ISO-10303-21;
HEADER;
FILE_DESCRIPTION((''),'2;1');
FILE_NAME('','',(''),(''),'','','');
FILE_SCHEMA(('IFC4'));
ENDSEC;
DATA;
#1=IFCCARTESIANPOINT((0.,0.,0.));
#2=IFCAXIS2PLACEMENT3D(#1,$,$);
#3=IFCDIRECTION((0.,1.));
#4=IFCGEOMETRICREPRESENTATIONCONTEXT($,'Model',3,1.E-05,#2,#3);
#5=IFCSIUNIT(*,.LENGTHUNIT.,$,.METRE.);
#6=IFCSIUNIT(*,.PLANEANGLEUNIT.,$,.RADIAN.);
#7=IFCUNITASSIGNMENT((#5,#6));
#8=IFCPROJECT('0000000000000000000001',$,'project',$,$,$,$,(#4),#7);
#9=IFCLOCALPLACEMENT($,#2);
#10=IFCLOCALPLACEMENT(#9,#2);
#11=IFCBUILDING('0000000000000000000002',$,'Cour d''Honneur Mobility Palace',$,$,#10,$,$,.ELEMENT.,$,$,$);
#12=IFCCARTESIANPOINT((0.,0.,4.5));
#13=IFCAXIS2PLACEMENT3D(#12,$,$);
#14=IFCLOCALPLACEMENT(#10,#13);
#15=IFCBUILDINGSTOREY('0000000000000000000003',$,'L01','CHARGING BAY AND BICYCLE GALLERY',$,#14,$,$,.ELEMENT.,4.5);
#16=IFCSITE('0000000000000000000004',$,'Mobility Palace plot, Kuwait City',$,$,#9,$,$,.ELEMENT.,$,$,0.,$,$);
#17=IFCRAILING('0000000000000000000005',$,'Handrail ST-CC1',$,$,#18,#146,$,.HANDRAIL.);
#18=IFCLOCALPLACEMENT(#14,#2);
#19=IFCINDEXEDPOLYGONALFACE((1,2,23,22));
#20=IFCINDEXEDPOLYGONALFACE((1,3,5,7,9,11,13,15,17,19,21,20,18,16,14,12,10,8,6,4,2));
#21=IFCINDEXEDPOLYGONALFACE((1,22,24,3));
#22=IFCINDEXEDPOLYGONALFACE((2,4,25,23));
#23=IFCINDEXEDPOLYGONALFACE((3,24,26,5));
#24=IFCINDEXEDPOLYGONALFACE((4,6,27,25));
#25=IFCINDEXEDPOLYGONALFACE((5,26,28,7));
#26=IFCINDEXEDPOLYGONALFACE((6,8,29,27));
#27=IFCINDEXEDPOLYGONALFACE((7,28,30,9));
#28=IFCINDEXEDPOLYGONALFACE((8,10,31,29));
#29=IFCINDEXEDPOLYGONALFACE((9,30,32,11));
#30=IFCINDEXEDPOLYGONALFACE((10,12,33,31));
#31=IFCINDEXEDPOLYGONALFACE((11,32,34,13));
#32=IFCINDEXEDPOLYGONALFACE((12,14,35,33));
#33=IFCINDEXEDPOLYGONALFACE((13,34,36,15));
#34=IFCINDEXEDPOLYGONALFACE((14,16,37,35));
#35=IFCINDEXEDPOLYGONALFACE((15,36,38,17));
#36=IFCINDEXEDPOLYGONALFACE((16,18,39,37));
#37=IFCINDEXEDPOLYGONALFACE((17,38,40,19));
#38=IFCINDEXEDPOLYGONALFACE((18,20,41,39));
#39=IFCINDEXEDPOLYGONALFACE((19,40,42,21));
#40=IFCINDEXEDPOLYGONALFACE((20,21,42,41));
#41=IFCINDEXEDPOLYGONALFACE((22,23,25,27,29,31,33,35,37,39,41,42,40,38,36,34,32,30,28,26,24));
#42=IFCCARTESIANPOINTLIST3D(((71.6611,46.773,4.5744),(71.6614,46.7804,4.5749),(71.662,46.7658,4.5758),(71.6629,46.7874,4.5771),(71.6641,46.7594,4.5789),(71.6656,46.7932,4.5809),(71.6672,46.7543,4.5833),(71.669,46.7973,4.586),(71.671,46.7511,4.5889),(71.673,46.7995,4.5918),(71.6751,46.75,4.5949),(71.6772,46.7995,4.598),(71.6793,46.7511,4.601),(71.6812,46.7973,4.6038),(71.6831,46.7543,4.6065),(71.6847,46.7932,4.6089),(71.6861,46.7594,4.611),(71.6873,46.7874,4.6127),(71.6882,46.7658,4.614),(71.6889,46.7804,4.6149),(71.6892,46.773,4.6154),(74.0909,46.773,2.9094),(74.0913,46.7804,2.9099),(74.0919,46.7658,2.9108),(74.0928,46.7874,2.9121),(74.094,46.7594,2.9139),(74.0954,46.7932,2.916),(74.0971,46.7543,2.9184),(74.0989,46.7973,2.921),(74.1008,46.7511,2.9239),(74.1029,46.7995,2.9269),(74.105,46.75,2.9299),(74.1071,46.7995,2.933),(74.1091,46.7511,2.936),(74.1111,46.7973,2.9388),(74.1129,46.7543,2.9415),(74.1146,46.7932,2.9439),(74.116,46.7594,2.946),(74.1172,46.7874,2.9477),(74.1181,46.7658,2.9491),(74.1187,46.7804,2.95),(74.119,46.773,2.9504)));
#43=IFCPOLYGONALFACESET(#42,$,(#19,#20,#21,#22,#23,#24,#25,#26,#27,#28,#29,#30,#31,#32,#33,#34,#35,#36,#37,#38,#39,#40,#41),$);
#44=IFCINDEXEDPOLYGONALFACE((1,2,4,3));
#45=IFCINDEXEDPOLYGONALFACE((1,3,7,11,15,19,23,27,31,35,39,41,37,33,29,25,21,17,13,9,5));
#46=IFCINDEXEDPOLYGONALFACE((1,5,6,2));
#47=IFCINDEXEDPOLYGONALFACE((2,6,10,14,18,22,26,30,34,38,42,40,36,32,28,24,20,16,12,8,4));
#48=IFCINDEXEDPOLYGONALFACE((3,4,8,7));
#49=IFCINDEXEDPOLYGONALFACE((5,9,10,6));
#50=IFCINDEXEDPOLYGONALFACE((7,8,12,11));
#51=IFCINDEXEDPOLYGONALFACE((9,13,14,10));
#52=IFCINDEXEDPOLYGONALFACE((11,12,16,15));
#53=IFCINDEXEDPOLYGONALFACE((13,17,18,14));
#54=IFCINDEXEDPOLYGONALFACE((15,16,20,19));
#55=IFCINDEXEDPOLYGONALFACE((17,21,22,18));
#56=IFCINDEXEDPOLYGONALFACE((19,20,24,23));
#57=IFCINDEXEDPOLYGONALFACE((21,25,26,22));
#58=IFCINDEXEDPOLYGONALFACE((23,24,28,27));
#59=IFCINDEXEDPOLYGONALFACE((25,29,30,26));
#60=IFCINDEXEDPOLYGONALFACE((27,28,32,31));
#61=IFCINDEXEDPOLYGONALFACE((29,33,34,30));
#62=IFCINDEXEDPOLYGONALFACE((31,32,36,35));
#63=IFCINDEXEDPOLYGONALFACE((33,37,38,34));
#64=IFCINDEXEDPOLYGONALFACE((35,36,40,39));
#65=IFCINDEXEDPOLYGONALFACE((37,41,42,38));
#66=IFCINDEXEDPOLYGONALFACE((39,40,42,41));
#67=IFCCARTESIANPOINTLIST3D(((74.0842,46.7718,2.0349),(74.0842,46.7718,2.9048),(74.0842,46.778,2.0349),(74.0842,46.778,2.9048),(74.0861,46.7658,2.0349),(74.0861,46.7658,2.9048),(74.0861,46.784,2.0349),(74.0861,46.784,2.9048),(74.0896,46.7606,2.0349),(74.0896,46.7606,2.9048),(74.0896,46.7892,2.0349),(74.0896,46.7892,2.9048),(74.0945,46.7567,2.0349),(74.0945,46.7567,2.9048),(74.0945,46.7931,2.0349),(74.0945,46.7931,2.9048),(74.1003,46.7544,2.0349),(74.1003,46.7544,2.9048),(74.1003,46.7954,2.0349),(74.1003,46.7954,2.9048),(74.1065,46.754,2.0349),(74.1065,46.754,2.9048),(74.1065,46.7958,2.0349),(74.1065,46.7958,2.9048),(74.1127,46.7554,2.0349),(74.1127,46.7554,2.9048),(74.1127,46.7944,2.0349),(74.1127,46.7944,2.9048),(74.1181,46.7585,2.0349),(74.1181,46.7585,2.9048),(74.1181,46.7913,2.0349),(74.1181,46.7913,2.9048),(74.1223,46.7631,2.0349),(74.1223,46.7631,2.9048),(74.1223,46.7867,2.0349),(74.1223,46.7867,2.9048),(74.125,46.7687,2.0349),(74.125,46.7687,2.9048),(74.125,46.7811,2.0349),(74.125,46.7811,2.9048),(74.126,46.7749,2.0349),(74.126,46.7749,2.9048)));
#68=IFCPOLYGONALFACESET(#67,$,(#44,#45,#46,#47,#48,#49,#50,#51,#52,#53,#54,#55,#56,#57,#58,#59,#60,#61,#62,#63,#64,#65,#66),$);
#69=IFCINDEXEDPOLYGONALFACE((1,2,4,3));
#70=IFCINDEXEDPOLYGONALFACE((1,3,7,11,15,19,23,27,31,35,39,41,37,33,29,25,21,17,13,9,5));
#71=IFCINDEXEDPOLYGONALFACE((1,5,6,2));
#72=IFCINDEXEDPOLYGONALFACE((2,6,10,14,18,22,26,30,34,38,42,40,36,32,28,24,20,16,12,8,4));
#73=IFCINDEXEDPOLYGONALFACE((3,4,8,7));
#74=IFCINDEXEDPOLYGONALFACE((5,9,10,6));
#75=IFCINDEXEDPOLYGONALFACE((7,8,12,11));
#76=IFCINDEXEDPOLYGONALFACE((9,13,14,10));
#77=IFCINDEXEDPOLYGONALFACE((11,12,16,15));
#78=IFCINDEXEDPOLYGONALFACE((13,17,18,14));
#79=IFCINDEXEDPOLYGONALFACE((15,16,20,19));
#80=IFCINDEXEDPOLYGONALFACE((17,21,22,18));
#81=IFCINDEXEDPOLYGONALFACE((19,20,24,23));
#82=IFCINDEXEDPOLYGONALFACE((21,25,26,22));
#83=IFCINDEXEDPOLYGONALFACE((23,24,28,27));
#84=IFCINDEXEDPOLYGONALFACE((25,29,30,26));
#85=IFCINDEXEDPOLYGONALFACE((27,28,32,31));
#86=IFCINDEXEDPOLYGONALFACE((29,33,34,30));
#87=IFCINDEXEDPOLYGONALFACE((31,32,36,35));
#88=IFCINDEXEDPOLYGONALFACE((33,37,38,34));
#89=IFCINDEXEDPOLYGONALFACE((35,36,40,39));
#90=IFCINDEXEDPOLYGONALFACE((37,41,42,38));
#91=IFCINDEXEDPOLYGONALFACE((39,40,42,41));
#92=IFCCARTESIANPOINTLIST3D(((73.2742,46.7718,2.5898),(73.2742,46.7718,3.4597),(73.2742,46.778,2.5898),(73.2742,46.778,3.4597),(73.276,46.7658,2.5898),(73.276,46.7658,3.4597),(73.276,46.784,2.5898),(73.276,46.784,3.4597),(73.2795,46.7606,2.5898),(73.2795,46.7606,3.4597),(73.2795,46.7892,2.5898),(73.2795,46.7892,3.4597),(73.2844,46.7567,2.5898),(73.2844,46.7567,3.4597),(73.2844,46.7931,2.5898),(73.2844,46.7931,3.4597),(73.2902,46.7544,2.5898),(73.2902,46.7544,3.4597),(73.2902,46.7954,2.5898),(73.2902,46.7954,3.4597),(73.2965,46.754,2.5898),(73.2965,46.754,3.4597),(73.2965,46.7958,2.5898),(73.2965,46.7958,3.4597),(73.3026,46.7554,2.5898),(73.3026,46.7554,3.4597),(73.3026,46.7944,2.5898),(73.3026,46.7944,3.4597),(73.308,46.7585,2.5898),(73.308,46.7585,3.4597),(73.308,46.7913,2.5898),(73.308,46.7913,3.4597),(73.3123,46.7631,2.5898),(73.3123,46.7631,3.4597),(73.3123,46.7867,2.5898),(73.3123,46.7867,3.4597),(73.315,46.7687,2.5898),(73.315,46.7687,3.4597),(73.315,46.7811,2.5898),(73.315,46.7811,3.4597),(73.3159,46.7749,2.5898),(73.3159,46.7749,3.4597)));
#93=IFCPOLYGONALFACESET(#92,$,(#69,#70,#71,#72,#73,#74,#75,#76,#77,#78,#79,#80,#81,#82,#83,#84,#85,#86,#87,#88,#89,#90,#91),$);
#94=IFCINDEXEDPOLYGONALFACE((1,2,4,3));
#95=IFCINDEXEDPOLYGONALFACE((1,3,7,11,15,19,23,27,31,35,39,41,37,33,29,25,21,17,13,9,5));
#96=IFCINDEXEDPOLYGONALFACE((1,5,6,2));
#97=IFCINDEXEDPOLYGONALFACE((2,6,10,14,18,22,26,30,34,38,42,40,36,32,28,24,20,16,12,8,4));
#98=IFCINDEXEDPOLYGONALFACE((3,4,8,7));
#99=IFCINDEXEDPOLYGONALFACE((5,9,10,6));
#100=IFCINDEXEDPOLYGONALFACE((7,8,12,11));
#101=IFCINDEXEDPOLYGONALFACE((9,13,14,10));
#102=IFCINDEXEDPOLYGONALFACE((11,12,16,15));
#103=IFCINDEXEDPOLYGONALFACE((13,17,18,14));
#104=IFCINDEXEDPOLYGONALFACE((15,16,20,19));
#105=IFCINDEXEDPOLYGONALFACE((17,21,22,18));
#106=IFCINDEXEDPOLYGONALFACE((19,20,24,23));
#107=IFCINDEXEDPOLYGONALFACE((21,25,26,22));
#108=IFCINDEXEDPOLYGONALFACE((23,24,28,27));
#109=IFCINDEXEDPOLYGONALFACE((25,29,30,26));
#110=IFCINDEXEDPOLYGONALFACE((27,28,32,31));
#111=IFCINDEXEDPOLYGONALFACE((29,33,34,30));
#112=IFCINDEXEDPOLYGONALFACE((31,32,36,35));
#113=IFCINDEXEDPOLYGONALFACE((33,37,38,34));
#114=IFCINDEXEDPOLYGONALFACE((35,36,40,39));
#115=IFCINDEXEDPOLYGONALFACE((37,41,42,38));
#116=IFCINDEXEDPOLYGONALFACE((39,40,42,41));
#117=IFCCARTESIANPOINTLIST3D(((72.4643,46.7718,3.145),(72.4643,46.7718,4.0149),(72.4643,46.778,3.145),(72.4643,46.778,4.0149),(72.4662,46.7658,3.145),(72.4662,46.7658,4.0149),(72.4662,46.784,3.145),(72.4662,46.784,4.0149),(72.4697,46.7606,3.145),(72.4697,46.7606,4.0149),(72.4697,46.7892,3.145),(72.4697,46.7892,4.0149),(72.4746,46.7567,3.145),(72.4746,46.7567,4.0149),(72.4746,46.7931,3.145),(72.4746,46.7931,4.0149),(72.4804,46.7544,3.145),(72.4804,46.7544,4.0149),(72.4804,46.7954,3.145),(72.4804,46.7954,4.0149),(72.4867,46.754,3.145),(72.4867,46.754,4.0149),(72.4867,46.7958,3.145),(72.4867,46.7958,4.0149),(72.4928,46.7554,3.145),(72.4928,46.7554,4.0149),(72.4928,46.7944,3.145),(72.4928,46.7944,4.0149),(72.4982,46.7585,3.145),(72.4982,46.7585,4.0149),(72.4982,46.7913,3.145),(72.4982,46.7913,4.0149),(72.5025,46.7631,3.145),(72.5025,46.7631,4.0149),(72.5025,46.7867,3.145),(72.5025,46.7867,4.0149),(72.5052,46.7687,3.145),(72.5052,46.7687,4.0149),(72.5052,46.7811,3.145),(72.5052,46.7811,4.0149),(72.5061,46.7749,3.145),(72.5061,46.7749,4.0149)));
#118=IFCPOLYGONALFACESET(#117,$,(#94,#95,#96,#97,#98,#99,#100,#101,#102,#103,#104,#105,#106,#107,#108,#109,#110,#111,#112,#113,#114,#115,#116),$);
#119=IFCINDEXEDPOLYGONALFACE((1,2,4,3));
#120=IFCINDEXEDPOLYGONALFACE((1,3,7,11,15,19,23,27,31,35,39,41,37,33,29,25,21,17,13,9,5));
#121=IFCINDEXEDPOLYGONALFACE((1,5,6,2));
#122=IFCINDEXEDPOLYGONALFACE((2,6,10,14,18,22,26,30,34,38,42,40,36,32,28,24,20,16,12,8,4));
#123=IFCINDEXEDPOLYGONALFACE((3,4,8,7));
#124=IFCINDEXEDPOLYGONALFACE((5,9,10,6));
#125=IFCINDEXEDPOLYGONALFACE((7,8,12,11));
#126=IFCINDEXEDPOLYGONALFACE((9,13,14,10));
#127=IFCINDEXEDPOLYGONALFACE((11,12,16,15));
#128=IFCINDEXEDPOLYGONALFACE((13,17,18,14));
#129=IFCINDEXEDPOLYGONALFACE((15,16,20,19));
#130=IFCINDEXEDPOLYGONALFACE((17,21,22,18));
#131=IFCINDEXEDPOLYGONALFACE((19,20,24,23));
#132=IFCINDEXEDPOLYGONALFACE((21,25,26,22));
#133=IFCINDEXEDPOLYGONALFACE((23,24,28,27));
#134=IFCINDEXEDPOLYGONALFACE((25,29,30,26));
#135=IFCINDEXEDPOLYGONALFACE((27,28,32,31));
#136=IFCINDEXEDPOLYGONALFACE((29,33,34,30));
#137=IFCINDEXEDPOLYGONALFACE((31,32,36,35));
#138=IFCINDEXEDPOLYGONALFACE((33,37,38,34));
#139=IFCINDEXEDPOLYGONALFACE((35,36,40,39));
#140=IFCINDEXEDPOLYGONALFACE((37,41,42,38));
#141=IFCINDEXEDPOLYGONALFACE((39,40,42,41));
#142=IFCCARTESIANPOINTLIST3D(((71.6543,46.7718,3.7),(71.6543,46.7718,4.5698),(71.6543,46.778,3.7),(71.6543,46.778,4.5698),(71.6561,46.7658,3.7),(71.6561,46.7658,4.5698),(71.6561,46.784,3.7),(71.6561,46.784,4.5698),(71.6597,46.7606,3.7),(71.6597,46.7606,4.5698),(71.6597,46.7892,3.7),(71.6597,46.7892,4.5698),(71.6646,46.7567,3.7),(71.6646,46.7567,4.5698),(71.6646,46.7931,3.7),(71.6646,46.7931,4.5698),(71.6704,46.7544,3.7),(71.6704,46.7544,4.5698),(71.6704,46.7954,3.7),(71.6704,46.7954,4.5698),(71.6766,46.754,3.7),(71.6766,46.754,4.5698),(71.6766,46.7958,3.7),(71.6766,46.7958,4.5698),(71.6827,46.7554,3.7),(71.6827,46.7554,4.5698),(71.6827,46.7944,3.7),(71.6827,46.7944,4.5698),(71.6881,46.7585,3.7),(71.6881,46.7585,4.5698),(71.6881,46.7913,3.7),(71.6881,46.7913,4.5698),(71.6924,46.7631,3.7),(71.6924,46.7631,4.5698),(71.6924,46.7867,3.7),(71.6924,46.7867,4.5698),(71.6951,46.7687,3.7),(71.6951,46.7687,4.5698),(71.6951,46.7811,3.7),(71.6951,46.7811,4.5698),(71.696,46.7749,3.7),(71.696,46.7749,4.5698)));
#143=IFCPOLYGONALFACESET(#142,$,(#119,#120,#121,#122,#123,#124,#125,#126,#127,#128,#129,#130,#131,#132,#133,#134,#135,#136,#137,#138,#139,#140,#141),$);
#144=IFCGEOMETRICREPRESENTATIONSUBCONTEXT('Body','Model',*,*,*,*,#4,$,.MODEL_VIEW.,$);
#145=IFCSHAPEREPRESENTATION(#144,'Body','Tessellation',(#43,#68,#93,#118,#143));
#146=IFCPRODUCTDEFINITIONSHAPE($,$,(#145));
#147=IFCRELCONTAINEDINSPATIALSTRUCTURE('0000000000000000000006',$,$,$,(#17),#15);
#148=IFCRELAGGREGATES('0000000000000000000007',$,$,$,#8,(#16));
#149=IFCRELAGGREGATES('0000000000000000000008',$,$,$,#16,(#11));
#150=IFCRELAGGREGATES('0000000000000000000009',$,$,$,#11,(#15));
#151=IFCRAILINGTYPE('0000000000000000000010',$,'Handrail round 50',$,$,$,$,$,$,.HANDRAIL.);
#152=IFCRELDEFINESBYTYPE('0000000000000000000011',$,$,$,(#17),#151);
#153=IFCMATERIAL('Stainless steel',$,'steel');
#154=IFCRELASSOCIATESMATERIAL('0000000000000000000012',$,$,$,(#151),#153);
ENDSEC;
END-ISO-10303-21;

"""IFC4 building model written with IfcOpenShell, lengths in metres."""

from ifc_helpers import new_model, si_unit, direction, frame, origin, origin_2d, place, context, subcontext, project, spatial, circle, extrude, material, type_object, element, save


model = new_model("IFC4")

# Units and contexts
model_context = context("Model", 3, precision=1e-05, world=origin(), true_north=direction((0.0, 1.0)))
body_context = subcontext(model_context, "Body", "Model", "MODEL_VIEW")
ifc_project = project(units=[si_unit("LENGTHUNIT", "METRE"), si_unit("PLANEANGLEUNIT", "RADIAN")], contexts=[model_context])

# Site, building, storey
site_placement = place(None, origin())
site = spatial("IfcSite", under=ifc_project, at=site_placement, Name="Mobility Palace plot, Kuwait City", CompositionType="ELEMENT", RefElevation=0.0)
building_placement = place(site_placement, origin())
building = spatial("IfcBuilding", under=site, at=building_placement, Name="Cour d'Honneur Mobility Palace", CompositionType="ELEMENT")
storey_placement = place(building_placement, frame((0.0, 0.0, 4.5)))
storey = spatial("IfcBuildingStorey", under=building, at=storey_placement, Name="L01", Description="CHARGING BAY AND BICYCLE GALLERY", CompositionType="ELEMENT", Elevation=4.5)

# Railing
ifc_material_1 = material(Name="Stainless steel", Category="steel")
railing_type_1 = type_object("IfcRailingType", Name="Handrail round 50", PredefinedType="HANDRAIL", material=ifc_material_1)
for number, where, name in (
    (1, (74.105, 46.7749, 2.0349), "Handrail ST-CC1"),
):
    element("IfcRailing", number, at=place(storey_placement, frame(where)), inside=storey, type_object=railing_type_1, Name=name, PredefinedType="HANDRAIL", context=body_context, shape_type="SweptSolid", body=[
        extrude(circle(Radius=0.0249, at=origin_2d()), frame((0.0, 0.0, 0.895), z_axis=(-0.824919, 0.0, 0.565251), x_axis=(0.0, -1.0, 0.0)), (0.0, 0.0, 1.0), 2.9456),
        extrude(circle(Radius=0.021, at=origin_2d()), origin(), (0.0, 0.0, 1.0), 0.8699),
        extrude(circle(Radius=0.021, at=origin_2d()), frame((-0.8101, 0.0, 0.5549)), (0.0, 0.0, 1.0), 0.8699),
        extrude(circle(Radius=0.021, at=origin_2d()), frame((-1.6199, 0.0, 1.1101)), (0.0, 0.0, 1.0), 0.8699),
        extrude(circle(Radius=0.021, at=origin_2d()), frame((-2.4299, 0.0, 1.665)), (0.0, 0.0, 1.0), 0.8699),
    ])

save(model, "model.ifc")
